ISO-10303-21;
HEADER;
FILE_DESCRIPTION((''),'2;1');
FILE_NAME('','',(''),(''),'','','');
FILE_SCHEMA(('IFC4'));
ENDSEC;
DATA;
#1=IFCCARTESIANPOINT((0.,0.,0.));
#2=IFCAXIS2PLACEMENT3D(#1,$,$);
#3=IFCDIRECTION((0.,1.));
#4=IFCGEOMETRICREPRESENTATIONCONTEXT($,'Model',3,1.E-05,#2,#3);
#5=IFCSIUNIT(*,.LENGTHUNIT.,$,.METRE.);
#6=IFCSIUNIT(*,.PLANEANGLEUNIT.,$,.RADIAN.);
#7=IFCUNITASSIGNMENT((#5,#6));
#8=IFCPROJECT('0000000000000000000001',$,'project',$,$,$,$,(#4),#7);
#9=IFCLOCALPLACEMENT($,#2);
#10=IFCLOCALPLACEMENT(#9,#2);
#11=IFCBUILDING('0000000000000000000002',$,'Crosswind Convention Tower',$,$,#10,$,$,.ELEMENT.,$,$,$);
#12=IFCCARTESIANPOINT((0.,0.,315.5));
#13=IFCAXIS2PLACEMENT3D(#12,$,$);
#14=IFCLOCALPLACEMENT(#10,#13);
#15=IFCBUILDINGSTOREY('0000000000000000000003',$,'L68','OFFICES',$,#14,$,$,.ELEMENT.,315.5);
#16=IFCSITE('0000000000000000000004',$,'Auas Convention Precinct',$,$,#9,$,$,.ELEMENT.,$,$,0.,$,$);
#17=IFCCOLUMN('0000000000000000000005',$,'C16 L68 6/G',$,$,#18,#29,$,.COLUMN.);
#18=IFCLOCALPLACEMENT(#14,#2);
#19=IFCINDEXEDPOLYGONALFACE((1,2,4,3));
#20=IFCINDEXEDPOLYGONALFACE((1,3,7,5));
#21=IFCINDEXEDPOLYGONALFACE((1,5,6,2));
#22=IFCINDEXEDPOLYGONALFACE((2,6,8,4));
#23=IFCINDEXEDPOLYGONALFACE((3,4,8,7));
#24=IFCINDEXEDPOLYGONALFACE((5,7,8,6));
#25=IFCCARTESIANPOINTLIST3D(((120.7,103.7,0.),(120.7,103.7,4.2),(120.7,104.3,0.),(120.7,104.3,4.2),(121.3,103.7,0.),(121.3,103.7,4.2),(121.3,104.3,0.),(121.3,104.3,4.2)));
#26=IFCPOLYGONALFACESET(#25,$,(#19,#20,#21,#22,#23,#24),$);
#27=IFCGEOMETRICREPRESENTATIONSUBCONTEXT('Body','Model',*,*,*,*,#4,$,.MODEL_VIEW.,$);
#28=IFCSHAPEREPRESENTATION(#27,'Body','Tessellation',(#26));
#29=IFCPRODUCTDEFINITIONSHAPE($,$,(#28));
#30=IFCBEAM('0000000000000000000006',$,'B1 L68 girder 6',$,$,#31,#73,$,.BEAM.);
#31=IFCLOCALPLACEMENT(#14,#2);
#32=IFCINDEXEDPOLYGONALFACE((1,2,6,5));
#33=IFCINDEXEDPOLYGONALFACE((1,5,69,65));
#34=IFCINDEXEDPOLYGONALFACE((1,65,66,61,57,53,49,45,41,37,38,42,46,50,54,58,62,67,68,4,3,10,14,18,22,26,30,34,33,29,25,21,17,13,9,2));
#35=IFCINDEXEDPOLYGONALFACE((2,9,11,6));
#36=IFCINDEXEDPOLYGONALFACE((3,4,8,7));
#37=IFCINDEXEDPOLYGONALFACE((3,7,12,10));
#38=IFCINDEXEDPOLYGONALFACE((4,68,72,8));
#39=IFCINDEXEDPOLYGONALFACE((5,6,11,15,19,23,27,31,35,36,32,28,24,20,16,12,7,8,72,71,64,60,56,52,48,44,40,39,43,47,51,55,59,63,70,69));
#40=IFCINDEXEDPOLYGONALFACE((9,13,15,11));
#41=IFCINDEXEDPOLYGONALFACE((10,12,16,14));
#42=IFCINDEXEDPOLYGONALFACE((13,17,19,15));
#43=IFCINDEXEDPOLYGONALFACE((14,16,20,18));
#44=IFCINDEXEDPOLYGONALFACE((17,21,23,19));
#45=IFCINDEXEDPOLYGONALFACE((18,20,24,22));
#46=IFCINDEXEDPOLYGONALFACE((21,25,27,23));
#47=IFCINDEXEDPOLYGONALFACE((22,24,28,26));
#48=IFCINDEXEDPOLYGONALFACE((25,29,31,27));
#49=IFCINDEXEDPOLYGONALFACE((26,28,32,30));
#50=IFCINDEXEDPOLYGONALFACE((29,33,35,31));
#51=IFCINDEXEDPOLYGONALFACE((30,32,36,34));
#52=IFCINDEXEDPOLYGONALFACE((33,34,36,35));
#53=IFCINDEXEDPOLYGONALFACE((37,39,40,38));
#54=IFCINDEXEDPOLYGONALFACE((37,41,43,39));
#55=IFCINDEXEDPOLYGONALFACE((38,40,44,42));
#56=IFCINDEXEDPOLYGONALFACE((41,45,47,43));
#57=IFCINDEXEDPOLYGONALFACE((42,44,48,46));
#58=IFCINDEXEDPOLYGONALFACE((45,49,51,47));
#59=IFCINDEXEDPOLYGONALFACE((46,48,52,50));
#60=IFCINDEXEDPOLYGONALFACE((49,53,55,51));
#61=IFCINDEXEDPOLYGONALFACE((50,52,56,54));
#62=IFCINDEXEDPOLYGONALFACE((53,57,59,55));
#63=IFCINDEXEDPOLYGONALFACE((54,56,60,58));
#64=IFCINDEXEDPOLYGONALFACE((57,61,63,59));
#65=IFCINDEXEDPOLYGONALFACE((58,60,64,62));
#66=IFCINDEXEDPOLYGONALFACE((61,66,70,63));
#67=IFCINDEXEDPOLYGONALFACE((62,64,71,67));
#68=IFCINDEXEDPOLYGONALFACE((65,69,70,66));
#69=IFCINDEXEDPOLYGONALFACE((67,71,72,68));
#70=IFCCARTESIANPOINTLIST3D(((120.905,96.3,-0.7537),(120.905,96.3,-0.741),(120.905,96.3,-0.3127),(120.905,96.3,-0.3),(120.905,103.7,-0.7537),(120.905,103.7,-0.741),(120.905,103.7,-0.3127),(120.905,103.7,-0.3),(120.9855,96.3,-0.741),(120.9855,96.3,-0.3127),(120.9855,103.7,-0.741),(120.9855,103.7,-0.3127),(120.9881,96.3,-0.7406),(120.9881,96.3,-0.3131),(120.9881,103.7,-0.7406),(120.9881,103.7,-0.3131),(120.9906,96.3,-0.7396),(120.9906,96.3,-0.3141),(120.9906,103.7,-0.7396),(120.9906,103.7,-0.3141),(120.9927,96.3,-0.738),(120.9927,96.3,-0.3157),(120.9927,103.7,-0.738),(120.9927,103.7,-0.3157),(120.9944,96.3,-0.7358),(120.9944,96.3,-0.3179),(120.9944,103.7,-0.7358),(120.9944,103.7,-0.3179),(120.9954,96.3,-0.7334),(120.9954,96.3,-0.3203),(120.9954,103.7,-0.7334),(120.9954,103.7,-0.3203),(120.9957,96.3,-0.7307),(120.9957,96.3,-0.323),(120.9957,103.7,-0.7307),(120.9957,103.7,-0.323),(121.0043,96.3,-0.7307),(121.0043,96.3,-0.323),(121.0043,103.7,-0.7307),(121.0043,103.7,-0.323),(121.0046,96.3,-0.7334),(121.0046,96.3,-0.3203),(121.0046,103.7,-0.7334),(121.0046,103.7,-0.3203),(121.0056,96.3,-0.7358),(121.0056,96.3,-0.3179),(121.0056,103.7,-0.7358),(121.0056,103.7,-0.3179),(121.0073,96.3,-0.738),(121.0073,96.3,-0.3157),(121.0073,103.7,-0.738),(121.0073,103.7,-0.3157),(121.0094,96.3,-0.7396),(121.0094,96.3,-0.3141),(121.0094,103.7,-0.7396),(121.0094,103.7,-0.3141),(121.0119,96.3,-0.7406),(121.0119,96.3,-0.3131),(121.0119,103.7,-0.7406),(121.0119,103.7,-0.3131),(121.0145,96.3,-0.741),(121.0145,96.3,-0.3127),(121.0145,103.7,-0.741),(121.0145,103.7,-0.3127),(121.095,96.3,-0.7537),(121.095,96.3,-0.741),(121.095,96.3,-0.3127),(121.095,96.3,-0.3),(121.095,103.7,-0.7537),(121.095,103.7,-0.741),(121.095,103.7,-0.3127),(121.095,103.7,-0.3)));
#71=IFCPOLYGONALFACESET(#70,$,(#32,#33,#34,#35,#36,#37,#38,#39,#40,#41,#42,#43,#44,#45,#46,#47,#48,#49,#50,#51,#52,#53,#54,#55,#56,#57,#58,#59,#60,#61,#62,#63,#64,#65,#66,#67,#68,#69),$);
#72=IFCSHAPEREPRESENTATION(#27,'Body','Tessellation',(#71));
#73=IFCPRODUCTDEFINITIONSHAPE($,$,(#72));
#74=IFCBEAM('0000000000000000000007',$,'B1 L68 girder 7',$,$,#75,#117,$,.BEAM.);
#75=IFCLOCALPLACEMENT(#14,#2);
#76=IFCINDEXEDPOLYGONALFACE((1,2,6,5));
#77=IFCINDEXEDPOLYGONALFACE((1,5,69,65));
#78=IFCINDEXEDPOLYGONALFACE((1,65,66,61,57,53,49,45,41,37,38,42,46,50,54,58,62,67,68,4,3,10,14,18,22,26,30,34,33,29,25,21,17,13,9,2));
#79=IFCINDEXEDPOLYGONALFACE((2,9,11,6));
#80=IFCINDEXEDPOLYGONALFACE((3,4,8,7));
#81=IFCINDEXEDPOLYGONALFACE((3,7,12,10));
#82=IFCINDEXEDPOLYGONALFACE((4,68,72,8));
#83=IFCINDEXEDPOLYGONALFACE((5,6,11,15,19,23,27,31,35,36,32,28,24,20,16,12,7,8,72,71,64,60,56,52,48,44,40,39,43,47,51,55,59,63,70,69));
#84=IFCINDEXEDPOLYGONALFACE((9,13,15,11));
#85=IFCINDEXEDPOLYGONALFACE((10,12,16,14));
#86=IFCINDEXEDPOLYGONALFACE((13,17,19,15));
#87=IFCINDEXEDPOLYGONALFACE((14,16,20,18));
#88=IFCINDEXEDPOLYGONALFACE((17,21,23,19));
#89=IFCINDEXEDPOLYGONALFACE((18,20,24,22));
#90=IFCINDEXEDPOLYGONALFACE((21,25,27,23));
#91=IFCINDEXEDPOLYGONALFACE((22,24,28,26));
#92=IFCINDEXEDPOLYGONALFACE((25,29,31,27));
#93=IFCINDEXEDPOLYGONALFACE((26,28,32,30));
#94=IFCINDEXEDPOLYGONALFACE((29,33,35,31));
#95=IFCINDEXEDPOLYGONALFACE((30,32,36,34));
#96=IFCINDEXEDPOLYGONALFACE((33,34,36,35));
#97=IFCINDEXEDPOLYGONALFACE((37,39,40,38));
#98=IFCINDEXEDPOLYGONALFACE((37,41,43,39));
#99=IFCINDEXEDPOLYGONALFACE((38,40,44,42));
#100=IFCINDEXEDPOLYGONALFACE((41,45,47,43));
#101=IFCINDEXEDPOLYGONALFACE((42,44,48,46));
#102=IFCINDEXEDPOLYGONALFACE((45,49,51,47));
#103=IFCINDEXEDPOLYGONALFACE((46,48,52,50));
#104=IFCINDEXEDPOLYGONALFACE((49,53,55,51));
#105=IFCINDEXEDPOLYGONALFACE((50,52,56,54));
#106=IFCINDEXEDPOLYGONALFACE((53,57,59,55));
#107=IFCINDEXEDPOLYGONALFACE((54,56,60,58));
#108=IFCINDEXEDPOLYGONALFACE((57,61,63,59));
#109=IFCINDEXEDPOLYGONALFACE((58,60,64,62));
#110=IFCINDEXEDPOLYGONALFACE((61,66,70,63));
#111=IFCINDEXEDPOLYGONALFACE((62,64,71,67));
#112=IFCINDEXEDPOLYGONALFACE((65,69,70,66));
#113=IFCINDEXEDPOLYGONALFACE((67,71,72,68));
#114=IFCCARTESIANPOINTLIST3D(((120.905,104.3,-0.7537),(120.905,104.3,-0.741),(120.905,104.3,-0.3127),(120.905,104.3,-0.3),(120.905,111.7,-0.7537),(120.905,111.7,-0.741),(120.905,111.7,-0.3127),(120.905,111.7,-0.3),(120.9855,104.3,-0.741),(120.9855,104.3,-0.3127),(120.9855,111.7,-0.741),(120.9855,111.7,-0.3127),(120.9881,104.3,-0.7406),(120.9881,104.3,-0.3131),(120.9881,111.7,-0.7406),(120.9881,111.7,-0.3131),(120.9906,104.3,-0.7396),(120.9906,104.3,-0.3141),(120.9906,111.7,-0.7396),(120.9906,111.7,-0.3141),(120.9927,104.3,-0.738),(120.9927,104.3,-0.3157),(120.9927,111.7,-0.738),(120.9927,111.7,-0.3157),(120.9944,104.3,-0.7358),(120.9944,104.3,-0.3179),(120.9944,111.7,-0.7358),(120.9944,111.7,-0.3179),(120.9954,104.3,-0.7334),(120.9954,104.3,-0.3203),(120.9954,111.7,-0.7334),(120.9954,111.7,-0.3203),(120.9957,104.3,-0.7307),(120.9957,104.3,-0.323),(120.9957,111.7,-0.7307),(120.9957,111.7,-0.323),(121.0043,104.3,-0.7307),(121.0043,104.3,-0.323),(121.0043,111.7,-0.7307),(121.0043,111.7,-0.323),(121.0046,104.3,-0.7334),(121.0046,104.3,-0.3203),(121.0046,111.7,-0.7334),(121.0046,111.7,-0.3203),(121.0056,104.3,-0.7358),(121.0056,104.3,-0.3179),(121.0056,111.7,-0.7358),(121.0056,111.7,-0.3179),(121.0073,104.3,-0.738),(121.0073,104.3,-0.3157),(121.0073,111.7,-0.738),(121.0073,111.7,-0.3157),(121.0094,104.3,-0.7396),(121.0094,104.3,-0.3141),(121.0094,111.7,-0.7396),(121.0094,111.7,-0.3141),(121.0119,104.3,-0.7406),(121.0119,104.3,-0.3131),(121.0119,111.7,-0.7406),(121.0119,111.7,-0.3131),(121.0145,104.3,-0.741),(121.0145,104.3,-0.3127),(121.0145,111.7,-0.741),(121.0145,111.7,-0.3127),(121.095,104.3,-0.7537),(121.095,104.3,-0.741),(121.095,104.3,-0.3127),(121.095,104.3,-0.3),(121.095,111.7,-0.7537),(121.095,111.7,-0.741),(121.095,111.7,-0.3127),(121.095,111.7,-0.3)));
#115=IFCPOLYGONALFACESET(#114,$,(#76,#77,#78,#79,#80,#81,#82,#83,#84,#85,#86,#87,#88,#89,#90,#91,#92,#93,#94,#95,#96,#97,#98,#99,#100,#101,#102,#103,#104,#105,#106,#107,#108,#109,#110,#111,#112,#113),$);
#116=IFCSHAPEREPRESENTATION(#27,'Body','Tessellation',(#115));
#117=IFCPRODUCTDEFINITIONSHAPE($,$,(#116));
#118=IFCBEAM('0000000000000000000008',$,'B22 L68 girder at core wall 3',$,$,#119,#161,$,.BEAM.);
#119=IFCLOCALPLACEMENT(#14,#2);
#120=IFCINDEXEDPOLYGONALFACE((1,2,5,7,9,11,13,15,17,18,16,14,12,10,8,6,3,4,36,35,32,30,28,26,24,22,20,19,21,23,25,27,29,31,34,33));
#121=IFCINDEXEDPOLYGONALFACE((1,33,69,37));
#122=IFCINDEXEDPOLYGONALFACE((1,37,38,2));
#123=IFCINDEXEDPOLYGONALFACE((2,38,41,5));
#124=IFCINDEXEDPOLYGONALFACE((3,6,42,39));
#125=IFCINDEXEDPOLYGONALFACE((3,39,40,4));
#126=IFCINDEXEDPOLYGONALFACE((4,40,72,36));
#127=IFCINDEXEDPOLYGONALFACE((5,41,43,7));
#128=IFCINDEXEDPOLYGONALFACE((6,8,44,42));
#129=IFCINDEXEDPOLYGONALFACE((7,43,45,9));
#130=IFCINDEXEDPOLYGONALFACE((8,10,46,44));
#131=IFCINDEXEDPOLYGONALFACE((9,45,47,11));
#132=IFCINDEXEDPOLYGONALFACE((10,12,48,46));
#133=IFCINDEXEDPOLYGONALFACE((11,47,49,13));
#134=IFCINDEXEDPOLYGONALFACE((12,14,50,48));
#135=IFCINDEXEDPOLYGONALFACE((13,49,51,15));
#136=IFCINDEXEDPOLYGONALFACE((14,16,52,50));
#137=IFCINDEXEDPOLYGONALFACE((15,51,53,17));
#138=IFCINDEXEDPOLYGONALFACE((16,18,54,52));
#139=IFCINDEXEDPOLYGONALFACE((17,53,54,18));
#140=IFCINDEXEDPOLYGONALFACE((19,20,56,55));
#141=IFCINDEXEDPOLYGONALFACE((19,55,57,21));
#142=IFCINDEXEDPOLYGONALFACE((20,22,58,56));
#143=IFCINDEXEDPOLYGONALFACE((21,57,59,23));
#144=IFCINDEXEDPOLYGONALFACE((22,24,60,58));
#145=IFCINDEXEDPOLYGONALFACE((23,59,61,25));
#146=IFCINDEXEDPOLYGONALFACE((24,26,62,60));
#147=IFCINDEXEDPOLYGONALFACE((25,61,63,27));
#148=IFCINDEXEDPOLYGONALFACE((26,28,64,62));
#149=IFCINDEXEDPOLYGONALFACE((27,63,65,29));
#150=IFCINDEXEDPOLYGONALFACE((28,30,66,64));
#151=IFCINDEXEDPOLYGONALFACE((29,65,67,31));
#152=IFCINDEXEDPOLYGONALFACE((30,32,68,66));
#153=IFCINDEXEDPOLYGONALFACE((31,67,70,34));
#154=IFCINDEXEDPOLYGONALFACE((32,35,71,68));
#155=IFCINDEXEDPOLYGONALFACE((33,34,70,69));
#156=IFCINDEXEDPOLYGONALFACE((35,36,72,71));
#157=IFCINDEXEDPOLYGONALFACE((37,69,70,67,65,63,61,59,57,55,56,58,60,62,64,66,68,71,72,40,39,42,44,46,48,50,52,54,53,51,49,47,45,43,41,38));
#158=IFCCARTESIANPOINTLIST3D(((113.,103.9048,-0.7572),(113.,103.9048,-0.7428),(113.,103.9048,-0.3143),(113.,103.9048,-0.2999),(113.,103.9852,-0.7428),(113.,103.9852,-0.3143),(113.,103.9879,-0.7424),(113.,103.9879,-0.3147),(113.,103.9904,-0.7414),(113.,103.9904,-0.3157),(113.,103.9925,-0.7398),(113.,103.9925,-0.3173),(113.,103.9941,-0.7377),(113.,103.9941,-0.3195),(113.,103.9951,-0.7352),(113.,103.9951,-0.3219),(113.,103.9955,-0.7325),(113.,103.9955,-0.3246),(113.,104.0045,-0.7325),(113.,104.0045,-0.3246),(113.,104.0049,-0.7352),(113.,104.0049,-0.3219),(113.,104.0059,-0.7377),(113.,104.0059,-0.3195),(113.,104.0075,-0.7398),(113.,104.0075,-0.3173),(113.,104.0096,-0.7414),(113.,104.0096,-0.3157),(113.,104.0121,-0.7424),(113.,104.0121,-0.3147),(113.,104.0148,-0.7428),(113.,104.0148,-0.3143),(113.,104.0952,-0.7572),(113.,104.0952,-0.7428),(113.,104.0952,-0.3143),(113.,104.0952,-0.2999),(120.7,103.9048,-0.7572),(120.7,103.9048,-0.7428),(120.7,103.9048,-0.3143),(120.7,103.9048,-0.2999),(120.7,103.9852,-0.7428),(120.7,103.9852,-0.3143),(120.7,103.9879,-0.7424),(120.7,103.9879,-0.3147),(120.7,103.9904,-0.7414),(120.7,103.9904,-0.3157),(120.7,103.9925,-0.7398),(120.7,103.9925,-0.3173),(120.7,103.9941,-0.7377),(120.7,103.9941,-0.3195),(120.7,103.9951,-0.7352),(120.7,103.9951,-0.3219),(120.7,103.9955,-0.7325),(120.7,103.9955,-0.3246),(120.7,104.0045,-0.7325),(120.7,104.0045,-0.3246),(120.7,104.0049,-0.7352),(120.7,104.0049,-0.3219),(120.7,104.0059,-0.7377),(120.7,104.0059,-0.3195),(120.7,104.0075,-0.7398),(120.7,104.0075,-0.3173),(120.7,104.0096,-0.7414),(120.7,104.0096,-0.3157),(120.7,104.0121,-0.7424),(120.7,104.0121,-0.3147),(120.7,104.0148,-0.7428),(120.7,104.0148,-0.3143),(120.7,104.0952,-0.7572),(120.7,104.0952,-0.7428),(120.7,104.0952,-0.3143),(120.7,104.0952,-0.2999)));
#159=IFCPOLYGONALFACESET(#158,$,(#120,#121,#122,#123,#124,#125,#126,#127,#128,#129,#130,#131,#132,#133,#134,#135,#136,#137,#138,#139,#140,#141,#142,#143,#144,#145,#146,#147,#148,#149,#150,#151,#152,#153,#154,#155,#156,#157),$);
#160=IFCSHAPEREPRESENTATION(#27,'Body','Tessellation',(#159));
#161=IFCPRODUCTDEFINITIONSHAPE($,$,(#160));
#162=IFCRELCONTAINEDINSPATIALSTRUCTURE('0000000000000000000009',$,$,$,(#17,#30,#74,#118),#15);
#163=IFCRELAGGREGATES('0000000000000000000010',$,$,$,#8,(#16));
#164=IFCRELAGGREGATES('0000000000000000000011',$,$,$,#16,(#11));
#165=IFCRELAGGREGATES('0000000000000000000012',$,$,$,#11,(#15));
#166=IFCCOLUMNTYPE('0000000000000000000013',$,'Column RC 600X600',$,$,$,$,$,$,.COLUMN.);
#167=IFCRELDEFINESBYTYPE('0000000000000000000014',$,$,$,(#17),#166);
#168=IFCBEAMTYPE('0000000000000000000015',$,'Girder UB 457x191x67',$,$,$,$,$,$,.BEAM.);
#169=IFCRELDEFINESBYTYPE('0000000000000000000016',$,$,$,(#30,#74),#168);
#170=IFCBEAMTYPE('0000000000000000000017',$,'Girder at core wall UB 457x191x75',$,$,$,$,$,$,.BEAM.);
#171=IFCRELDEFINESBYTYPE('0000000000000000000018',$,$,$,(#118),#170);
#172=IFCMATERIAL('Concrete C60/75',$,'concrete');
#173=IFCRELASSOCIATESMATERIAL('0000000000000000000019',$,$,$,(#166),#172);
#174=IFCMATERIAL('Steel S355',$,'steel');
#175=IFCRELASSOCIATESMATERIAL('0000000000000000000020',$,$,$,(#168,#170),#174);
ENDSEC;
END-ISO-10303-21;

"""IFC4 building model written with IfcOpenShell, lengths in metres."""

from ifc_helpers import new_model, si_unit, direction, frame, origin, origin_2d, place, context, subcontext, project, spatial, rectangle, i_section, extrude, material, material_profile, profile_set, type_object, element, save


model = new_model("IFC4")

# Units and contexts
model_context = context("Model", 3, precision=1e-05, world=origin(), true_north=direction((0.0, 1.0)))
body_context = subcontext(model_context, "Body", "Model", "MODEL_VIEW")
ifc_project = project(units=[si_unit("LENGTHUNIT", "METRE"), si_unit("PLANEANGLEUNIT", "RADIAN")], contexts=[model_context])

# Site, building, storey
site_placement = place(None, origin())
site = spatial("IfcSite", under=ifc_project, at=site_placement, Name="Auas Convention Precinct", CompositionType="ELEMENT", RefElevation=0.0)
building_placement = place(site_placement, origin())
building = spatial("IfcBuilding", under=site, at=building_placement, Name="Crosswind Convention Tower", CompositionType="ELEMENT")
storey_placement = place(building_placement, frame((0.0, 0.0, 315.5)))
storey = spatial("IfcBuildingStorey", under=building, at=storey_placement, Name="L68", Description="OFFICES", CompositionType="ELEMENT", Elevation=315.5)

# Column
ifc_material_1 = material(Name="Concrete C60/75", Category="concrete")
ifc_material_profile_1 = material_profile(ifc_material_1, rectangle(XDim=0.6001, YDim=0.6001, at=origin_2d()), Name="RC 600X600")
ifc_profile_set_1 = profile_set([ifc_material_profile_1], Name="Concrete C60/75")
column_type = type_object("IfcColumnType", Name="Column RC 600X600", PredefinedType="COLUMN", material=ifc_profile_set_1)
column_placement = place(storey_placement, frame((121.0, 104.0, 0.0), z_axis=(0.0, 0.0, 1.0), x_axis=(1.0, 0.0, 0.0)))
element("IfcColumn", 1, at=column_placement, inside=storey, type_object=column_type, Name="C16 L68 6/G", PredefinedType="COLUMN", context=body_context, shape_type="SweptSolid", body=[
    extrude(rectangle(XDim=0.6001, YDim=0.6001, at=origin_2d()), origin(), (0.0, 0.0, 1.0), 4.2),
])

# Beams
ifc_material_2 = material(Name="Steel S355", Category="steel")
ifc_material_profile_2 = material_profile(ifc_material_2, i_section(OverallWidth=0.1899, OverallDepth=0.4536, WebThickness=0.0085, FlangeThickness=0.0127, FilletRadius=0.0103, at=origin_2d()), Name="UB 457x191x67")
ifc_profile_set_2 = profile_set([ifc_material_profile_2], Name="Steel S355")
beam_type_1 = type_object("IfcBeamType", Name="Girder UB 457x191x67", PredefinedType="BEAM", material=ifc_profile_set_2)
for number, where, z_axis, x_axis, name in (
    (2, (121.0, 96.3, -0.5269), (0.0, 1.0, 0.0), (-1.0, 0.0, 0.0), "B1 L68 girder 6"),
    (3, (121.0, 104.3, -0.5269), (0.0, 1.0, 0.0), (-1.0, 0.0, 0.0), "B1 L68 girder 7"),
):
    element("IfcBeam", number, at=place(storey_placement, frame(where, z_axis=z_axis, x_axis=x_axis)), inside=storey, type_object=beam_type_1, Name=name, PredefinedType="BEAM", context=body_context, shape_type="SweptSolid", body=[
        extrude(i_section(OverallWidth=0.1899, OverallDepth=0.4536, WebThickness=0.0085, FlangeThickness=0.0127, FilletRadius=0.0103, at=origin_2d()), origin(), (0.0, 0.0, 1.0), 7.3999),
    ])
ifc_material_profile_3 = material_profile(ifc_material_2, i_section(OverallWidth=0.1904, OverallDepth=0.4573, WebThickness=0.009, FlangeThickness=0.0144, FilletRadius=0.0103, at=origin_2d()), Name="UB 457x191x75")
ifc_profile_set_3 = profile_set([ifc_material_profile_3], Name="Steel S355")
beam_type_2 = type_object("IfcBeamType", Name="Girder at core wall UB 457x191x75", PredefinedType="BEAM", material=ifc_profile_set_3)
for number, where, z_axis, x_axis, name in (
    (4, (113.0, 104.0, -0.5286), (1.0, 0.0, 0.0), (0.0, 1.0, 0.0), "B22 L68 girder at core wall 3"),
):
    element("IfcBeam", number, at=place(storey_placement, frame(where, z_axis=z_axis, x_axis=x_axis)), inside=storey, type_object=beam_type_2, Name=name, PredefinedType="BEAM", context=body_context, shape_type="SweptSolid", body=[
        extrude(i_section(OverallWidth=0.1904, OverallDepth=0.4573, WebThickness=0.009, FlangeThickness=0.0144, FilletRadius=0.0103, at=origin_2d()), origin(), (0.0, 0.0, 1.0), 7.7),
    ])

save(model, "model.ifc")
